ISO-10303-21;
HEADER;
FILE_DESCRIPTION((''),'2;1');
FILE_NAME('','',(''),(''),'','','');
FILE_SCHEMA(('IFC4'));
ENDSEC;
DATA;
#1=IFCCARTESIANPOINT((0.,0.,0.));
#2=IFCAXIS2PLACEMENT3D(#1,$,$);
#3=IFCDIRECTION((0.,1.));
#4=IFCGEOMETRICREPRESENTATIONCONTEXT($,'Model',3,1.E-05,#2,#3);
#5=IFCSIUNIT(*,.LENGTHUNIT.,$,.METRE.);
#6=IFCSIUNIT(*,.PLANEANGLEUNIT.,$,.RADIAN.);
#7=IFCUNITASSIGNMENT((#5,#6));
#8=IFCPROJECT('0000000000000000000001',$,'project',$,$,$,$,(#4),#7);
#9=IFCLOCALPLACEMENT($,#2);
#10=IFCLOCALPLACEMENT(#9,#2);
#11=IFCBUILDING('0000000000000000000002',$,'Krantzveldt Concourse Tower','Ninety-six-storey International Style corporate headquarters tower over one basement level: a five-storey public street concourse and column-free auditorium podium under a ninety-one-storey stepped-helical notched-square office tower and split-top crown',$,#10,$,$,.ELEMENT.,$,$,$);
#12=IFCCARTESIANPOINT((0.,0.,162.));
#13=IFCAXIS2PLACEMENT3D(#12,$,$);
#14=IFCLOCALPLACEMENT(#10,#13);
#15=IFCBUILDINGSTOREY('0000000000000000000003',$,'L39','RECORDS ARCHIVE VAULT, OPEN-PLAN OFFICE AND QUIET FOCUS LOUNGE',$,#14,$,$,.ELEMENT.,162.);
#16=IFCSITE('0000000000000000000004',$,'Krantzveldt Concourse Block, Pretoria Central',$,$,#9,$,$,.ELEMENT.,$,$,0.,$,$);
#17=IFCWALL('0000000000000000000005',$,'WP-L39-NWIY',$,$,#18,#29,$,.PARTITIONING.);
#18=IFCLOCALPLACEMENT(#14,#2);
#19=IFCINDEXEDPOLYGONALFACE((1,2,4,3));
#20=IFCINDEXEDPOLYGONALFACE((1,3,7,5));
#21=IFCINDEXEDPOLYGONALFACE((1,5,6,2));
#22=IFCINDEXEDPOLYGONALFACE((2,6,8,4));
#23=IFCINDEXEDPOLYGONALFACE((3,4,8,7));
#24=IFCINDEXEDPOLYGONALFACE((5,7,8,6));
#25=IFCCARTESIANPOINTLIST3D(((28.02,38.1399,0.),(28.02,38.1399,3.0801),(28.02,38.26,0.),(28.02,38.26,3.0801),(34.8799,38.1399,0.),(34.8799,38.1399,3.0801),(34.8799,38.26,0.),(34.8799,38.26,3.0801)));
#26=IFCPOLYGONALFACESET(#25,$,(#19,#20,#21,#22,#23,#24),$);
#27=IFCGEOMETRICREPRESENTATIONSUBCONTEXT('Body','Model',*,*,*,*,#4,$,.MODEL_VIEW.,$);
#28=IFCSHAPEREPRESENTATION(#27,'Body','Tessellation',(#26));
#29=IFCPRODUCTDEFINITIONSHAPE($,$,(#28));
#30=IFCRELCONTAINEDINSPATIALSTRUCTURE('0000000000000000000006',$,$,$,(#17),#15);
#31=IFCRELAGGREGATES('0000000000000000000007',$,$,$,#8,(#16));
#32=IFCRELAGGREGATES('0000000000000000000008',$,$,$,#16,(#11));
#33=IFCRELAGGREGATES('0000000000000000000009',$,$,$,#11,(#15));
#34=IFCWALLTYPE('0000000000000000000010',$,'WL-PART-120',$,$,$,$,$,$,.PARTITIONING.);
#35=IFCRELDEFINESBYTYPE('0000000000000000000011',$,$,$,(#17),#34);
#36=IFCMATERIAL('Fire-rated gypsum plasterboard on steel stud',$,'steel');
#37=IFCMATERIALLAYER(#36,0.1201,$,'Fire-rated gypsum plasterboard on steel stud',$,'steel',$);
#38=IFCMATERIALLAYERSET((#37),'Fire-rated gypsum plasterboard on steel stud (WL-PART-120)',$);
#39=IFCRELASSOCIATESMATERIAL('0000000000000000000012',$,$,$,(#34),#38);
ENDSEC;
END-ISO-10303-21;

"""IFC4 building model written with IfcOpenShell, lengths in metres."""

from ifc_helpers import new_model, si_unit, direction, frame, frame_2d, origin, place, context, subcontext, project, spatial, rectangle, extrude, material, layer, layer_set, type_object, element, save


model = new_model("IFC4")

# Units and contexts
model_context = context("Model", 3, precision=1e-05, world=origin(), true_north=direction((0.0, 1.0)))
body_context = subcontext(model_context, "Body", "Model", "MODEL_VIEW")
ifc_project = project(units=[si_unit("LENGTHUNIT", "METRE"), si_unit("PLANEANGLEUNIT", "RADIAN")], contexts=[model_context])

# Site, building, storey
site_placement = place(None, origin())
site = spatial("IfcSite", under=ifc_project, at=site_placement, Name="Krantzveldt Concourse Block, Pretoria Central", CompositionType="ELEMENT", RefElevation=0.0)
building_placement = place(site_placement, origin())
building = spatial("IfcBuilding", under=site, at=building_placement, Name="Krantzveldt Concourse Tower", Description="Ninety-six-storey International Style corporate headquarters tower over one basement level: a five-storey public street concourse and column-free auditorium podium under a ninety-one-storey stepped-helical notched-square office tower and split-top crown", CompositionType="ELEMENT")
storey_placement = place(building_placement, frame((0.0, 0.0, 162.0)))
storey = spatial("IfcBuildingStorey", under=building, at=storey_placement, Name="L39", Description="RECORDS ARCHIVE VAULT, OPEN-PLAN OFFICE AND QUIET FOCUS LOUNGE", CompositionType="ELEMENT", Elevation=162.0)

# Wall
ifc_material_1 = material(Name="Fire-rated gypsum plasterboard on steel stud", Category="steel")
ifc_layer_1 = layer(ifc_material_1, 0.1201, Name="Fire-rated gypsum plasterboard on steel stud", Category="steel")
ifc_layer_set_1 = layer_set([ifc_layer_1], Name="Fire-rated gypsum plasterboard on steel stud (WL-PART-120)")
wall_type_1 = type_object("IfcWallType", Name="WL-PART-120", PredefinedType="PARTITIONING", material=ifc_layer_set_1)
wall_1_placement = place(storey_placement, frame((28.02, 38.2, 0.0), z_axis=(0.0, 0.0, 1.0), x_axis=(1.0, 0.0, 0.0)))
element("IfcWall", 1, at=wall_1_placement, inside=storey, type_object=wall_type_1, Name="WP-L39-NWIY", PredefinedType="PARTITIONING", context=body_context, shape_type="SweptSolid", body=[
    extrude(rectangle(XDim=6.8599, YDim=0.1201, at=frame_2d((3.4299, 0.0))), origin(), (0.0, 0.0, 1.0), 3.0801),
])

save(model, "model.ifc")
